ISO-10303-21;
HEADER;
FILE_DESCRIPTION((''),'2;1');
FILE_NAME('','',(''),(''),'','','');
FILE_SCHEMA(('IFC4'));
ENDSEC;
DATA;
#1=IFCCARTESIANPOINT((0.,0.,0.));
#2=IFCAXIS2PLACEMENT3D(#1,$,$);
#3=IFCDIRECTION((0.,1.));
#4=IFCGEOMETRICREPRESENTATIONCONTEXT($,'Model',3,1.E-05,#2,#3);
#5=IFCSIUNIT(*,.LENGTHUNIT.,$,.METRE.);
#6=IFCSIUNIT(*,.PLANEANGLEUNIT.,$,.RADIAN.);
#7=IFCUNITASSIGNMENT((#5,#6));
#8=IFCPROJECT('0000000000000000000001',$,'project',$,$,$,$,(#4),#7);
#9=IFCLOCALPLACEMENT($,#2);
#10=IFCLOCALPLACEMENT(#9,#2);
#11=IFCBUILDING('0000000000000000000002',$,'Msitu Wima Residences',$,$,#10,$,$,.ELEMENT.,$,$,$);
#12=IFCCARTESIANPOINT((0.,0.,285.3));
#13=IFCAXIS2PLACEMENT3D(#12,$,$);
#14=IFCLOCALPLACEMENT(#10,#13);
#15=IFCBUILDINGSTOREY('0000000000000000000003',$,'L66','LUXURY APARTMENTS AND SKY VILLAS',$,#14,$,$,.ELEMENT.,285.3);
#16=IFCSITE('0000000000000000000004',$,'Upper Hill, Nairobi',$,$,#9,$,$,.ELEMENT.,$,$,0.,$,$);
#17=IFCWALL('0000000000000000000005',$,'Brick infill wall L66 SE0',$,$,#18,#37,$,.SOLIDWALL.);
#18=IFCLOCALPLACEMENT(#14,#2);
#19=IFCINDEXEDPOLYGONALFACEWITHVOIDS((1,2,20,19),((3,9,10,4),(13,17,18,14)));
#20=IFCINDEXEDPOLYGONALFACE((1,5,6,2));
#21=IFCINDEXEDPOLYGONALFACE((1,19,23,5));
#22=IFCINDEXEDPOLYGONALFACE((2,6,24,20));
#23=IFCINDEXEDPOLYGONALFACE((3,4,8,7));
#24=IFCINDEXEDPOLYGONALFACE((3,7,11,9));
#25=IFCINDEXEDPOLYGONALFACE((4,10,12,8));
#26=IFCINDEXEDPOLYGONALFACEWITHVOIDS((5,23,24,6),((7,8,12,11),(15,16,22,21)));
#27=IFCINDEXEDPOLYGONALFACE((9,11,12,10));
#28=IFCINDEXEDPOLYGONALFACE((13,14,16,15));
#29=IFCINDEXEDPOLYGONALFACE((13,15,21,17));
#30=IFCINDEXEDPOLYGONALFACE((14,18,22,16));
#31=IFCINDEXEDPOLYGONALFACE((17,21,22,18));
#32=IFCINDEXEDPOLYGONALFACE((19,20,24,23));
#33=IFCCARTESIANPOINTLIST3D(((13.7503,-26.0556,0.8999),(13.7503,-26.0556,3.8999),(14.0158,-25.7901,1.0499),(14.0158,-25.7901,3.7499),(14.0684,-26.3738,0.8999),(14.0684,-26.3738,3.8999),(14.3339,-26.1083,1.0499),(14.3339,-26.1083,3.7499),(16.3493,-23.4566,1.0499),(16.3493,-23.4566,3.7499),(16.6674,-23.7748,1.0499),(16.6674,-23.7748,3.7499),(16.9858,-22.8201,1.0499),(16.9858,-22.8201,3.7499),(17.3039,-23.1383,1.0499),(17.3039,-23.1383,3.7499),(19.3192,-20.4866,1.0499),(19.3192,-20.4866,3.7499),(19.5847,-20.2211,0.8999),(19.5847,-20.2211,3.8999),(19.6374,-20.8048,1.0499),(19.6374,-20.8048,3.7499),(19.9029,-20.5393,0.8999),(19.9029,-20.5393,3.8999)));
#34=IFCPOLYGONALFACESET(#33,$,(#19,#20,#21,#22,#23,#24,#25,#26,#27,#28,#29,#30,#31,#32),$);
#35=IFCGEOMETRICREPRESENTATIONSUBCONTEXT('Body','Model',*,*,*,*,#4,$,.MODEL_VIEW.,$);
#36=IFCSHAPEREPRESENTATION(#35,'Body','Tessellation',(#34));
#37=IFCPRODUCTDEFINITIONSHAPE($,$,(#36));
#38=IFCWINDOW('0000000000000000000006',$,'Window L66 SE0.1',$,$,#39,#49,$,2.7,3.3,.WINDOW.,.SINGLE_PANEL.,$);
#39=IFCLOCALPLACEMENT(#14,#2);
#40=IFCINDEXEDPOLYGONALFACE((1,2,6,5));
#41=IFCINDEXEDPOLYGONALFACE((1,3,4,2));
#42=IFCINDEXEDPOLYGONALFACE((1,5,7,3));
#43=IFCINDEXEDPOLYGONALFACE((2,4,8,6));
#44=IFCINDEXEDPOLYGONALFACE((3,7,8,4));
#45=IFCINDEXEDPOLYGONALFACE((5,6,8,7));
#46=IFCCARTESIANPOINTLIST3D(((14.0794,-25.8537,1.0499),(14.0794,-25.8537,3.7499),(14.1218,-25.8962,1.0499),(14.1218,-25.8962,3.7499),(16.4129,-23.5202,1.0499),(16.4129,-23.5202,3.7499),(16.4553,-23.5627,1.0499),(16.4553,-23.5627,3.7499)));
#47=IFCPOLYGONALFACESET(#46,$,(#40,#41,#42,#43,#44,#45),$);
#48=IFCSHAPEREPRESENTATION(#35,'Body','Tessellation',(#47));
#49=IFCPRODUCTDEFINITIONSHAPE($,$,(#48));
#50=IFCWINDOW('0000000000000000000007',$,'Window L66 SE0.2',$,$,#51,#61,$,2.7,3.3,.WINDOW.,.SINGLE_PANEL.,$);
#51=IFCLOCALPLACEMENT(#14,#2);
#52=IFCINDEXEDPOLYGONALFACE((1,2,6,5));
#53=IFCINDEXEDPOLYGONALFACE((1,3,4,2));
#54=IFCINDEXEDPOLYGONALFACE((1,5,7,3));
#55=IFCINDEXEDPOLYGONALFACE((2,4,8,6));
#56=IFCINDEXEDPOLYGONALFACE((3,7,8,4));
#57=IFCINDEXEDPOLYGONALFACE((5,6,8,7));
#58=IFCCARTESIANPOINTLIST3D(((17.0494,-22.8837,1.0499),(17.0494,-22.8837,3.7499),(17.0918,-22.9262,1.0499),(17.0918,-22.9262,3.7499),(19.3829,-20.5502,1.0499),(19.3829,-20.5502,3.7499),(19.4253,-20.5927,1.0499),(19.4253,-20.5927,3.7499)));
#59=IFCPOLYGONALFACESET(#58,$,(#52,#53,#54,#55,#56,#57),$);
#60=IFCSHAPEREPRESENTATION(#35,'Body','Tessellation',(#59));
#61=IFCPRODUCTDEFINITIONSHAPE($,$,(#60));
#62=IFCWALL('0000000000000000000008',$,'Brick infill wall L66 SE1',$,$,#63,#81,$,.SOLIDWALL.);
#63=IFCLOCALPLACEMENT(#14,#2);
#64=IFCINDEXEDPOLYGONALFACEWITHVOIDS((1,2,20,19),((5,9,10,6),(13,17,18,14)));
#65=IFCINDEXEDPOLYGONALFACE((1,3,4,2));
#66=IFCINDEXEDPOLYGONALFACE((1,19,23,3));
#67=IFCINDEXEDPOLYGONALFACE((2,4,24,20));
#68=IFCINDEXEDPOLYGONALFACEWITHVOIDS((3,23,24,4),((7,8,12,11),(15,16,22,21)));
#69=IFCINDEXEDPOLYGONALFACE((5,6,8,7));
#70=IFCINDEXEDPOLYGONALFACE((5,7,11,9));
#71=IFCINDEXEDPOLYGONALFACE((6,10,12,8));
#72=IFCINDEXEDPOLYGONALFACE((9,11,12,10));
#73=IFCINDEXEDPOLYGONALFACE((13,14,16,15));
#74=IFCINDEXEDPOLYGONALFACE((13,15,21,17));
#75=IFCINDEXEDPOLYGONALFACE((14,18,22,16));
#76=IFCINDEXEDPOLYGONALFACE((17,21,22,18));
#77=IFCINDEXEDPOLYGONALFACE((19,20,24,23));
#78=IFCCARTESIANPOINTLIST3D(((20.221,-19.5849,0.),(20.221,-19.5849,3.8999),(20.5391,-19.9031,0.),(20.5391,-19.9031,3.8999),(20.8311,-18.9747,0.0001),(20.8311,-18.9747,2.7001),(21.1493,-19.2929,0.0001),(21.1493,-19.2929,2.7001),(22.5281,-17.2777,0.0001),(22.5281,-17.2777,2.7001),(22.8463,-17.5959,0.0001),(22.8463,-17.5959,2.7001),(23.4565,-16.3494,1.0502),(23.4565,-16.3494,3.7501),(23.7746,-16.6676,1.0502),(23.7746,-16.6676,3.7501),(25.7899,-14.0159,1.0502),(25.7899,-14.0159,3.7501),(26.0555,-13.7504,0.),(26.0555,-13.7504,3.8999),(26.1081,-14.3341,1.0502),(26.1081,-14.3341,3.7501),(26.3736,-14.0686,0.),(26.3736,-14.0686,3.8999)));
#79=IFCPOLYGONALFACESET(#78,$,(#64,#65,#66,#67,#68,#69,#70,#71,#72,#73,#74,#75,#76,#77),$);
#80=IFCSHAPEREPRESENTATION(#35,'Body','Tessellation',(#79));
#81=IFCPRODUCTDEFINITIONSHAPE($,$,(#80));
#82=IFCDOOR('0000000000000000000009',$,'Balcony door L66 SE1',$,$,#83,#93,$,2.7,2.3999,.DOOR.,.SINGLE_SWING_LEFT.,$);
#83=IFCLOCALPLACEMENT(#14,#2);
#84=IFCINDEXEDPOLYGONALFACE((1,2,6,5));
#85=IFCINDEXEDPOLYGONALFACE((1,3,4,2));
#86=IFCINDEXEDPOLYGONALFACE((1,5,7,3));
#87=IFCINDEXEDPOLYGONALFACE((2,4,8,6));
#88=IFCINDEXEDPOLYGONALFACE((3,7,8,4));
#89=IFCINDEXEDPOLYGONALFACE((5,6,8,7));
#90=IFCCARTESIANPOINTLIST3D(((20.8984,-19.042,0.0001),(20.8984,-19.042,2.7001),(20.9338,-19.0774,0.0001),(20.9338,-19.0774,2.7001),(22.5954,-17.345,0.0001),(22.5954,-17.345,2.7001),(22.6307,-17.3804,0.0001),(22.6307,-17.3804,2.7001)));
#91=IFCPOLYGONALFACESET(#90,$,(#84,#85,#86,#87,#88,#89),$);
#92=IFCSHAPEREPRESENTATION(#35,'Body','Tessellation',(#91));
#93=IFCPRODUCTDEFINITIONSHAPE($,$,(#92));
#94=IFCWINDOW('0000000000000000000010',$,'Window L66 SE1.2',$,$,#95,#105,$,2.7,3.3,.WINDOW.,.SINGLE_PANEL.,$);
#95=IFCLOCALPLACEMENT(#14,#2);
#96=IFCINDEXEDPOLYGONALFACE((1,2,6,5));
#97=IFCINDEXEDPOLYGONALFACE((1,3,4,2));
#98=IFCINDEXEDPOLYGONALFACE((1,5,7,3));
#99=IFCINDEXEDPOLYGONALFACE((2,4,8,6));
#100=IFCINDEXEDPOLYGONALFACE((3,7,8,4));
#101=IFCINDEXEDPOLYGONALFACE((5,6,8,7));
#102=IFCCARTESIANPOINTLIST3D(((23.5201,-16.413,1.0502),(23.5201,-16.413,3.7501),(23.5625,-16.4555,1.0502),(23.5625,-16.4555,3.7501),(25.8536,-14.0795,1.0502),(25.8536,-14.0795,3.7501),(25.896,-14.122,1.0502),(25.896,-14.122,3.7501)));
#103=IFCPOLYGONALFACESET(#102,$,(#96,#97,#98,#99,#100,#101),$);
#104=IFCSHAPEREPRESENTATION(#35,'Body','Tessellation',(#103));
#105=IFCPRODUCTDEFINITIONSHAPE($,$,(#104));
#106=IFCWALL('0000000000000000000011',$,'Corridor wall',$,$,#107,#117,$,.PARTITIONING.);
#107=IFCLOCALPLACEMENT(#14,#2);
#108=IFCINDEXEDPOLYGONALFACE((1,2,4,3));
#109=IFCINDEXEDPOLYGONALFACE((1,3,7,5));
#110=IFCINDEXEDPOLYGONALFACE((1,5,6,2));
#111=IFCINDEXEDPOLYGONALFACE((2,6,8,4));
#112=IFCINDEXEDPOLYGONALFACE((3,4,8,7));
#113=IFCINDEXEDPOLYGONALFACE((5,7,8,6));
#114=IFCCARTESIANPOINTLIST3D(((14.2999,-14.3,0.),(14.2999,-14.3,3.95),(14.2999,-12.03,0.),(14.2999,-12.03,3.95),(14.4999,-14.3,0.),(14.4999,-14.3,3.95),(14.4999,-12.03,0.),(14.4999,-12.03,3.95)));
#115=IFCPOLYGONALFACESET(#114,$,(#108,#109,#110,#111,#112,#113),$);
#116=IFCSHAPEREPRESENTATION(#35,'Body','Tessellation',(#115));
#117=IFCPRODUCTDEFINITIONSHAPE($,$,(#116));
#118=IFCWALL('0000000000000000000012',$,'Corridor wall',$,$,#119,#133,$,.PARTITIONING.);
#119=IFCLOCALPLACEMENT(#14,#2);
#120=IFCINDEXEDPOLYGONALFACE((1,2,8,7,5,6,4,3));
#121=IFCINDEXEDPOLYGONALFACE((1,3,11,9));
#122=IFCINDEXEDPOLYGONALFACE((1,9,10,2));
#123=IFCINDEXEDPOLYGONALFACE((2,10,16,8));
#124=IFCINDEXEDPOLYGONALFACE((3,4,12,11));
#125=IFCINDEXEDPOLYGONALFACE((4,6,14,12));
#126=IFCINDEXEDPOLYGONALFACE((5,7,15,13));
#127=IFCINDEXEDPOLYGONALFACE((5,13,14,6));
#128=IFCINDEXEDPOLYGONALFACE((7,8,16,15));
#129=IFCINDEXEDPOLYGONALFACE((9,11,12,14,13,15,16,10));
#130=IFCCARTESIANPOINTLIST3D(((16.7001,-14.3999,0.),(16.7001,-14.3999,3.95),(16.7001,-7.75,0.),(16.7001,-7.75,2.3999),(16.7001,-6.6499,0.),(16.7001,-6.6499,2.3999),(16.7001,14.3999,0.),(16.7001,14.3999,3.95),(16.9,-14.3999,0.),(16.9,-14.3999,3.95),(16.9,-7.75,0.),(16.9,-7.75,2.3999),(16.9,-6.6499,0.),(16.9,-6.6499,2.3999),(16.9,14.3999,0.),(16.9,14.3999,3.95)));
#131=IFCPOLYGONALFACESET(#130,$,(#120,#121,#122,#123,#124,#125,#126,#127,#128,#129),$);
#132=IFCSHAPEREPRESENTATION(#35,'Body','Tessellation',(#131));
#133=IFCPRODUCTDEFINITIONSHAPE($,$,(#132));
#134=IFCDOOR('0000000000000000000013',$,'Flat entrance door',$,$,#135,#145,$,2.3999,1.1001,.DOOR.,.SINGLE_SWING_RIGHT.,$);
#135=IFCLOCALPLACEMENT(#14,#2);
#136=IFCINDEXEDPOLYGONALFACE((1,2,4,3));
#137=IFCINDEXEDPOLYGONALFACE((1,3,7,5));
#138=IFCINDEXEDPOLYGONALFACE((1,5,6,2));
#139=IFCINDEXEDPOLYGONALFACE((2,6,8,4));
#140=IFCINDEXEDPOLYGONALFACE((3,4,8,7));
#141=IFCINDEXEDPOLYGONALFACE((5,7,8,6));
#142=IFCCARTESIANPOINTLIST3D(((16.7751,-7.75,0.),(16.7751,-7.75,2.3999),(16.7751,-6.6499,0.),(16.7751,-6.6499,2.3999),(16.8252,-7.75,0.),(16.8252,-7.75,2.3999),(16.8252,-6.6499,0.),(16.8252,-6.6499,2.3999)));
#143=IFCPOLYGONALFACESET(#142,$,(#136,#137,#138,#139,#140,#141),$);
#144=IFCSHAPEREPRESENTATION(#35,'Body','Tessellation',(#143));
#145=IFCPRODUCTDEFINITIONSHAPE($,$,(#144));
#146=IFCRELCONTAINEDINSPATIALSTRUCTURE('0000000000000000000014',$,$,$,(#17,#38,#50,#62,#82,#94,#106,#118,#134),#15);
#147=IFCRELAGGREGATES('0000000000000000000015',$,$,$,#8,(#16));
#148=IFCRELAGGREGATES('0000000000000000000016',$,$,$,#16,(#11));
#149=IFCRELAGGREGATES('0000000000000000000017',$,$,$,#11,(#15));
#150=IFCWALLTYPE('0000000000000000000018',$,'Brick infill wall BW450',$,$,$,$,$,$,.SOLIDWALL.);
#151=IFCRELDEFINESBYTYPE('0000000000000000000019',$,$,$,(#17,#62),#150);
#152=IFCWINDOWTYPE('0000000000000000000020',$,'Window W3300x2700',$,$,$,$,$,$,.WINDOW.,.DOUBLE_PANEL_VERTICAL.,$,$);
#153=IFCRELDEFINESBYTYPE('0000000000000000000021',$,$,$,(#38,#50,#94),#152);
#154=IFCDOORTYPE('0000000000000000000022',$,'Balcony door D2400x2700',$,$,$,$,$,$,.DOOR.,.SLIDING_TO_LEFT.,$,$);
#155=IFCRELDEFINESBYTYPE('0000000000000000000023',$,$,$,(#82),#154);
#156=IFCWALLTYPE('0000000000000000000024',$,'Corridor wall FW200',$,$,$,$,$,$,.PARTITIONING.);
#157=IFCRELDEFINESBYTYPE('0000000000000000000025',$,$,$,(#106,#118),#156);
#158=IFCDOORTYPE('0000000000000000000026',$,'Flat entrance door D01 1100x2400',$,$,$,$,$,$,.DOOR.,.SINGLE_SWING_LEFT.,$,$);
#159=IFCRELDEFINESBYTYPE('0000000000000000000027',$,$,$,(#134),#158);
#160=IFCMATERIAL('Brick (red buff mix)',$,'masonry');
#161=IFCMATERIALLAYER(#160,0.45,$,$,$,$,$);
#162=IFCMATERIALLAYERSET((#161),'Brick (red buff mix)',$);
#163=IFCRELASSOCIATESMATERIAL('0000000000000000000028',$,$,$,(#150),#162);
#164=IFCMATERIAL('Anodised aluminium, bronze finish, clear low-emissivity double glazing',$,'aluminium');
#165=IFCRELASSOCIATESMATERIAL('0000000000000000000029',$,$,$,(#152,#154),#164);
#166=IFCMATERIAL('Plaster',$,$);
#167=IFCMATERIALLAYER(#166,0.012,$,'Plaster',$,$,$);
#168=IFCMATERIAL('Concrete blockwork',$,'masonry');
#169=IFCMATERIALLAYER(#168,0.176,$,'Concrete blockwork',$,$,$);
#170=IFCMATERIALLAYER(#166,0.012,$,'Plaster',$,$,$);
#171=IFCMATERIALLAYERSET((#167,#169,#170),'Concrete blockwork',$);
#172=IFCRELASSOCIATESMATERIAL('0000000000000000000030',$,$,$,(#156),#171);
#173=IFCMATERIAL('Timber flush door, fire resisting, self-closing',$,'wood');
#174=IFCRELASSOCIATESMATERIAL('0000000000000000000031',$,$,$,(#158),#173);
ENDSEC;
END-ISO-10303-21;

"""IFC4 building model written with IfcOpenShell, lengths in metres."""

from ifc_helpers import new_model, si_unit, direction, frame, frame_2d, origin, place, context, subcontext, project, spatial, rectangle, extrude, material, layer, layer_set, type_object, element, fill, save


model = new_model("IFC4")

# Units and contexts
model_context = context("Model", 3, precision=1e-05, world=origin(), true_north=direction((0.0, 1.0)))
body_context = subcontext(model_context, "Body", "Model", "MODEL_VIEW")
ifc_project = project(units=[si_unit("LENGTHUNIT", "METRE"), si_unit("PLANEANGLEUNIT", "RADIAN")], contexts=[model_context])

# Site, building, storey
site_placement = place(None, origin())
site = spatial("IfcSite", under=ifc_project, at=site_placement, Name="Upper Hill, Nairobi", CompositionType="ELEMENT", RefElevation=0.0)
building_placement = place(site_placement, origin())
building = spatial("IfcBuilding", under=site, at=building_placement, Name="Msitu Wima Residences", CompositionType="ELEMENT")
storey_placement = place(building_placement, frame((0.0, 0.0, 285.3)))
storey = spatial("IfcBuildingStorey", under=building, at=storey_placement, Name="L66", Description="LUXURY APARTMENTS AND SKY VILLAS", CompositionType="ELEMENT", Elevation=285.3)

# Wall, openings, windows
ifc_material_1 = material(Name="Brick (red buff mix)", Category="masonry")
ifc_layer_1 = layer(ifc_material_1, 0.45)
ifc_layer_set_1 = layer_set([ifc_layer_1], Name="Brick (red buff mix)")
wall_type_1 = type_object("IfcWallType", Name="Brick infill wall BW450", PredefinedType="SOLIDWALL", material=ifc_layer_set_1)
wall_1_placement = place(storey_placement, frame((13.9094, -26.2146, 0.8999), z_axis=(0.0, 0.0, 1.0), x_axis=(0.707107, 0.707107, 0.0)))
wall_1 = element("IfcWall", 1, at=wall_1_placement, inside=storey, type_object=wall_type_1, Name="Brick infill wall L66 SE0", PredefinedType="SOLIDWALL", context=body_context, shape_type="SweptSolid", body=[
    extrude(rectangle(XDim=8.2512, YDim=0.45, at=frame_2d((4.1255, 0.0))), origin(), (0.0, 0.0, 1.0), 3.0),
])
opening_1_placement = place(wall_1_placement, frame((0.3755, 0.0, 0.1499)))
opening_1 = element("IfcOpeningElement", 2, at=opening_1_placement, cuts=wall_1, PredefinedType="OPENING", context=body_context, shape_type="SweptSolid", body=[
    extrude(rectangle(XDim=3.3, YDim=2.7, at=frame_2d((1.6499, 1.3501))), frame((0.0, 0.2349, 0.0), z_axis=(0.0, -1.0, 0.0), x_axis=(1.0, 0.0, 0.0)), (0.0, 0.0, 1.0), 0.47),
])
opening_2_placement = place(wall_1_placement, frame((4.5757, 0.0, 0.1499)))
opening_2 = element("IfcOpeningElement", 3, at=opening_2_placement, cuts=wall_1, PredefinedType="OPENING", context=body_context, shape_type="SweptSolid", body=[
    extrude(rectangle(XDim=3.3, YDim=2.7, at=frame_2d((1.6499, 1.3501))), frame((0.0, 0.2349, 0.0), z_axis=(0.0, -1.0, 0.0), x_axis=(1.0, 0.0, 0.0)), (0.0, 0.0, 1.0), 0.47),
])
ifc_material_2 = material(Name="Anodised aluminium, bronze finish, clear low-emissivity double glazing", Category="aluminium")
window_type = type_object("IfcWindowType", Name="Window W3300x2700", PartitioningType="DOUBLE_PANEL_VERTICAL", PredefinedType="WINDOW", material=ifc_material_2)
window_1_placement = place(opening_1_placement, origin())
window_1 = element("IfcWindow", 4, at=window_1_placement, inside=storey, type_object=window_type, Name="Window L66 SE0.1", OverallHeight=2.7, OverallWidth=3.3, PartitioningType="SINGLE_PANEL", PredefinedType="WINDOW", context=body_context, shape_type="SweptSolid", body=[
    extrude(rectangle(XDim=3.3, YDim=2.7, at=frame_2d((1.6499, 1.3501))), frame((0.0, 0.135, 0.0), z_axis=(0.0, -1.0, 0.0), x_axis=(1.0, 0.0, 0.0)), (0.0, 0.0, 1.0), 0.0601),
])
fill(opening_1, window_1)
window_2_placement = place(opening_2_placement, origin())
window_2 = element("IfcWindow", 5, at=window_2_placement, inside=storey, type_object=window_type, Name="Window L66 SE0.2", OverallHeight=2.7, OverallWidth=3.3, PartitioningType="SINGLE_PANEL", PredefinedType="WINDOW", context=body_context, shape_type="SweptSolid", body=[
    extrude(rectangle(XDim=3.3, YDim=2.7, at=frame_2d((1.6499, 1.3501))), frame((0.0, 0.135, 0.0), z_axis=(0.0, -1.0, 0.0), x_axis=(1.0, 0.0, 0.0)), (0.0, 0.0, 1.0), 0.0601),
])
fill(opening_2, window_2)

# Wall, openings, door, window
wall_2_placement = place(storey_placement, frame((20.3801, -19.7439, 0.0), z_axis=(0.0, 0.0, 1.0), x_axis=(0.707107, 0.707107, 0.0)))
wall_2 = element("IfcWall", 6, at=wall_2_placement, inside=storey, type_object=wall_type_1, Name="Brick infill wall L66 SE1", PredefinedType="SOLIDWALL", context=body_context, shape_type="SweptSolid", body=[
    extrude(rectangle(XDim=8.2512, YDim=0.45, at=frame_2d((4.1255, 0.0))), origin(), (0.0, 0.0, 1.0), 3.8999),
])
opening_3_placement = place(wall_2_placement, frame((0.8628, 0.0, 0.0)))
opening_3 = element("IfcOpeningElement", 7, at=opening_3_placement, cuts=wall_2, PredefinedType="OPENING", context=body_context, shape_type="SweptSolid", body=[
    extrude(rectangle(XDim=2.3999, YDim=2.7, at=frame_2d((1.2, 1.3501))), frame((0.0, 0.2349, 0.0), z_axis=(0.0, -1.0, 0.0), x_axis=(1.0, 0.0, 0.0)), (0.0, 0.0, 1.0), 0.47),
])
opening_4_placement = place(wall_2_placement, frame((4.5757, 0.0, 1.05)))
opening_4 = element("IfcOpeningElement", 8, at=opening_4_placement, cuts=wall_2, PredefinedType="OPENING", context=body_context, shape_type="SweptSolid", body=[
    extrude(rectangle(XDim=3.3, YDim=2.7, at=frame_2d((1.6499, 1.3501))), frame((0.0, 0.2349, 0.0), z_axis=(0.0, -1.0, 0.0), x_axis=(1.0, 0.0, 0.0)), (0.0, 0.0, 1.0), 0.47),
])
door_type_1 = type_object("IfcDoorType", Name="Balcony door D2400x2700", OperationType="SLIDING_TO_LEFT", PredefinedType="DOOR", material=ifc_material_2)
door_1_placement = place(opening_3_placement, origin())
door_1 = element("IfcDoor", 9, at=door_1_placement, inside=storey, type_object=door_type_1, Name="Balcony door L66 SE1", OperationType="SINGLE_SWING_LEFT", OverallHeight=2.7, OverallWidth=2.3999, PredefinedType="DOOR", context=body_context, shape_type="SweptSolid", body=[
    extrude(rectangle(XDim=2.3999, YDim=2.7, at=frame_2d((1.2, 1.3501))), frame((0.0, 0.1299, 0.0), z_axis=(0.0, -1.0, 0.0), x_axis=(1.0, 0.0, 0.0)), (0.0, 0.0, 1.0), 0.05),
])
fill(opening_3, door_1)
window_3_placement = place(opening_4_placement, origin())
window_3 = element("IfcWindow", 10, at=window_3_placement, inside=storey, type_object=window_type, Name="Window L66 SE1.2", OverallHeight=2.7, OverallWidth=3.3, PartitioningType="SINGLE_PANEL", PredefinedType="WINDOW", context=body_context, shape_type="SweptSolid", body=[
    extrude(rectangle(XDim=3.3, YDim=2.7, at=frame_2d((1.6499, 1.3501))), frame((0.0, 0.135, 0.0), z_axis=(0.0, -1.0, 0.0), x_axis=(1.0, 0.0, 0.0)), (0.0, 0.0, 1.0), 0.0601),
])
fill(opening_4, window_3)

# Wall
ifc_material_3 = material(Name="Plaster")
ifc_layer_2 = layer(ifc_material_3, 0.012, Name="Plaster")
ifc_material_4 = material(Name="Concrete blockwork", Category="masonry")
ifc_layer_3 = layer(ifc_material_4, 0.176, Name="Concrete blockwork")
ifc_layer_4 = layer(ifc_material_3, 0.012, Name="Plaster")
ifc_layer_set_2 = layer_set([ifc_layer_2, ifc_layer_3, ifc_layer_4], Name="Concrete blockwork")
wall_type_2 = type_object("IfcWallType", Name="Corridor wall FW200", PredefinedType="PARTITIONING", material=ifc_layer_set_2)
wall_3_placement = place(storey_placement, frame((14.3999, -14.3, 0.0), z_axis=(0.0, 0.0, 1.0), x_axis=(0.0, 1.0, 0.0)))
element("IfcWall", 11, at=wall_3_placement, inside=storey, type_object=wall_type_2, Name="Corridor wall", PredefinedType="PARTITIONING", context=body_context, shape_type="SweptSolid", body=[
    extrude(rectangle(XDim=2.27, YDim=0.2, at=frame_2d((1.135, 0.0))), origin(), (0.0, 0.0, 1.0), 3.95),
])

# Wall, opening, door
ifc_material_5 = material(Name="Timber flush door, fire resisting, self-closing", Category="wood")
door_type_2 = type_object("IfcDoorType", Name="Flat entrance door D01 1100x2400", OperationType="SINGLE_SWING_LEFT", PredefinedType="DOOR", material=ifc_material_5)
wall_4_placement = place(storey_placement, frame((16.8, -14.3999, 0.0), z_axis=(0.0, 0.0, 1.0), x_axis=(0.0, 1.0, 0.0)))
wall_4 = element("IfcWall", 12, at=wall_4_placement, inside=storey, type_object=wall_type_2, Name="Corridor wall", PredefinedType="PARTITIONING", context=body_context, shape_type="SweptSolid", body=[
    extrude(rectangle(XDim=28.7998, YDim=0.2, at=frame_2d((14.3999, 0.0))), origin(), (0.0, 0.0, 1.0), 3.95),
])
opening_5_placement = place(wall_4_placement, frame((6.6499, 0.0, 0.0)))
opening_5 = element("IfcOpeningElement", 13, at=opening_5_placement, cuts=wall_4, PredefinedType="OPENING", context=body_context, shape_type="SweptSolid", body=[
    extrude(rectangle(XDim=1.1001, YDim=2.3999, at=frame_2d((0.55, 1.2))), frame((0.0, 0.1099, 0.0), z_axis=(0.0, -1.0, 0.0), x_axis=(1.0, 0.0, 0.0)), (0.0, 0.0, 1.0), 0.22),
])
door_2_placement = place(opening_5_placement, origin())
door_2 = element("IfcDoor", 14, at=door_2_placement, inside=storey, type_object=door_type_2, Name="Flat entrance door", OperationType="SINGLE_SWING_RIGHT", OverallHeight=2.3999, OverallWidth=1.1001, PredefinedType="DOOR", context=body_context, shape_type="SweptSolid", body=[
    extrude(rectangle(XDim=1.1001, YDim=2.3999, at=frame_2d((0.55, 1.2))), frame((0.0, 0.0249, 0.0), z_axis=(0.0, -1.0, 0.0), x_axis=(1.0, 0.0, 0.0)), (0.0, 0.0, 1.0), 0.05),
])
fill(opening_5, door_2)

save(model, "model.ifc")
